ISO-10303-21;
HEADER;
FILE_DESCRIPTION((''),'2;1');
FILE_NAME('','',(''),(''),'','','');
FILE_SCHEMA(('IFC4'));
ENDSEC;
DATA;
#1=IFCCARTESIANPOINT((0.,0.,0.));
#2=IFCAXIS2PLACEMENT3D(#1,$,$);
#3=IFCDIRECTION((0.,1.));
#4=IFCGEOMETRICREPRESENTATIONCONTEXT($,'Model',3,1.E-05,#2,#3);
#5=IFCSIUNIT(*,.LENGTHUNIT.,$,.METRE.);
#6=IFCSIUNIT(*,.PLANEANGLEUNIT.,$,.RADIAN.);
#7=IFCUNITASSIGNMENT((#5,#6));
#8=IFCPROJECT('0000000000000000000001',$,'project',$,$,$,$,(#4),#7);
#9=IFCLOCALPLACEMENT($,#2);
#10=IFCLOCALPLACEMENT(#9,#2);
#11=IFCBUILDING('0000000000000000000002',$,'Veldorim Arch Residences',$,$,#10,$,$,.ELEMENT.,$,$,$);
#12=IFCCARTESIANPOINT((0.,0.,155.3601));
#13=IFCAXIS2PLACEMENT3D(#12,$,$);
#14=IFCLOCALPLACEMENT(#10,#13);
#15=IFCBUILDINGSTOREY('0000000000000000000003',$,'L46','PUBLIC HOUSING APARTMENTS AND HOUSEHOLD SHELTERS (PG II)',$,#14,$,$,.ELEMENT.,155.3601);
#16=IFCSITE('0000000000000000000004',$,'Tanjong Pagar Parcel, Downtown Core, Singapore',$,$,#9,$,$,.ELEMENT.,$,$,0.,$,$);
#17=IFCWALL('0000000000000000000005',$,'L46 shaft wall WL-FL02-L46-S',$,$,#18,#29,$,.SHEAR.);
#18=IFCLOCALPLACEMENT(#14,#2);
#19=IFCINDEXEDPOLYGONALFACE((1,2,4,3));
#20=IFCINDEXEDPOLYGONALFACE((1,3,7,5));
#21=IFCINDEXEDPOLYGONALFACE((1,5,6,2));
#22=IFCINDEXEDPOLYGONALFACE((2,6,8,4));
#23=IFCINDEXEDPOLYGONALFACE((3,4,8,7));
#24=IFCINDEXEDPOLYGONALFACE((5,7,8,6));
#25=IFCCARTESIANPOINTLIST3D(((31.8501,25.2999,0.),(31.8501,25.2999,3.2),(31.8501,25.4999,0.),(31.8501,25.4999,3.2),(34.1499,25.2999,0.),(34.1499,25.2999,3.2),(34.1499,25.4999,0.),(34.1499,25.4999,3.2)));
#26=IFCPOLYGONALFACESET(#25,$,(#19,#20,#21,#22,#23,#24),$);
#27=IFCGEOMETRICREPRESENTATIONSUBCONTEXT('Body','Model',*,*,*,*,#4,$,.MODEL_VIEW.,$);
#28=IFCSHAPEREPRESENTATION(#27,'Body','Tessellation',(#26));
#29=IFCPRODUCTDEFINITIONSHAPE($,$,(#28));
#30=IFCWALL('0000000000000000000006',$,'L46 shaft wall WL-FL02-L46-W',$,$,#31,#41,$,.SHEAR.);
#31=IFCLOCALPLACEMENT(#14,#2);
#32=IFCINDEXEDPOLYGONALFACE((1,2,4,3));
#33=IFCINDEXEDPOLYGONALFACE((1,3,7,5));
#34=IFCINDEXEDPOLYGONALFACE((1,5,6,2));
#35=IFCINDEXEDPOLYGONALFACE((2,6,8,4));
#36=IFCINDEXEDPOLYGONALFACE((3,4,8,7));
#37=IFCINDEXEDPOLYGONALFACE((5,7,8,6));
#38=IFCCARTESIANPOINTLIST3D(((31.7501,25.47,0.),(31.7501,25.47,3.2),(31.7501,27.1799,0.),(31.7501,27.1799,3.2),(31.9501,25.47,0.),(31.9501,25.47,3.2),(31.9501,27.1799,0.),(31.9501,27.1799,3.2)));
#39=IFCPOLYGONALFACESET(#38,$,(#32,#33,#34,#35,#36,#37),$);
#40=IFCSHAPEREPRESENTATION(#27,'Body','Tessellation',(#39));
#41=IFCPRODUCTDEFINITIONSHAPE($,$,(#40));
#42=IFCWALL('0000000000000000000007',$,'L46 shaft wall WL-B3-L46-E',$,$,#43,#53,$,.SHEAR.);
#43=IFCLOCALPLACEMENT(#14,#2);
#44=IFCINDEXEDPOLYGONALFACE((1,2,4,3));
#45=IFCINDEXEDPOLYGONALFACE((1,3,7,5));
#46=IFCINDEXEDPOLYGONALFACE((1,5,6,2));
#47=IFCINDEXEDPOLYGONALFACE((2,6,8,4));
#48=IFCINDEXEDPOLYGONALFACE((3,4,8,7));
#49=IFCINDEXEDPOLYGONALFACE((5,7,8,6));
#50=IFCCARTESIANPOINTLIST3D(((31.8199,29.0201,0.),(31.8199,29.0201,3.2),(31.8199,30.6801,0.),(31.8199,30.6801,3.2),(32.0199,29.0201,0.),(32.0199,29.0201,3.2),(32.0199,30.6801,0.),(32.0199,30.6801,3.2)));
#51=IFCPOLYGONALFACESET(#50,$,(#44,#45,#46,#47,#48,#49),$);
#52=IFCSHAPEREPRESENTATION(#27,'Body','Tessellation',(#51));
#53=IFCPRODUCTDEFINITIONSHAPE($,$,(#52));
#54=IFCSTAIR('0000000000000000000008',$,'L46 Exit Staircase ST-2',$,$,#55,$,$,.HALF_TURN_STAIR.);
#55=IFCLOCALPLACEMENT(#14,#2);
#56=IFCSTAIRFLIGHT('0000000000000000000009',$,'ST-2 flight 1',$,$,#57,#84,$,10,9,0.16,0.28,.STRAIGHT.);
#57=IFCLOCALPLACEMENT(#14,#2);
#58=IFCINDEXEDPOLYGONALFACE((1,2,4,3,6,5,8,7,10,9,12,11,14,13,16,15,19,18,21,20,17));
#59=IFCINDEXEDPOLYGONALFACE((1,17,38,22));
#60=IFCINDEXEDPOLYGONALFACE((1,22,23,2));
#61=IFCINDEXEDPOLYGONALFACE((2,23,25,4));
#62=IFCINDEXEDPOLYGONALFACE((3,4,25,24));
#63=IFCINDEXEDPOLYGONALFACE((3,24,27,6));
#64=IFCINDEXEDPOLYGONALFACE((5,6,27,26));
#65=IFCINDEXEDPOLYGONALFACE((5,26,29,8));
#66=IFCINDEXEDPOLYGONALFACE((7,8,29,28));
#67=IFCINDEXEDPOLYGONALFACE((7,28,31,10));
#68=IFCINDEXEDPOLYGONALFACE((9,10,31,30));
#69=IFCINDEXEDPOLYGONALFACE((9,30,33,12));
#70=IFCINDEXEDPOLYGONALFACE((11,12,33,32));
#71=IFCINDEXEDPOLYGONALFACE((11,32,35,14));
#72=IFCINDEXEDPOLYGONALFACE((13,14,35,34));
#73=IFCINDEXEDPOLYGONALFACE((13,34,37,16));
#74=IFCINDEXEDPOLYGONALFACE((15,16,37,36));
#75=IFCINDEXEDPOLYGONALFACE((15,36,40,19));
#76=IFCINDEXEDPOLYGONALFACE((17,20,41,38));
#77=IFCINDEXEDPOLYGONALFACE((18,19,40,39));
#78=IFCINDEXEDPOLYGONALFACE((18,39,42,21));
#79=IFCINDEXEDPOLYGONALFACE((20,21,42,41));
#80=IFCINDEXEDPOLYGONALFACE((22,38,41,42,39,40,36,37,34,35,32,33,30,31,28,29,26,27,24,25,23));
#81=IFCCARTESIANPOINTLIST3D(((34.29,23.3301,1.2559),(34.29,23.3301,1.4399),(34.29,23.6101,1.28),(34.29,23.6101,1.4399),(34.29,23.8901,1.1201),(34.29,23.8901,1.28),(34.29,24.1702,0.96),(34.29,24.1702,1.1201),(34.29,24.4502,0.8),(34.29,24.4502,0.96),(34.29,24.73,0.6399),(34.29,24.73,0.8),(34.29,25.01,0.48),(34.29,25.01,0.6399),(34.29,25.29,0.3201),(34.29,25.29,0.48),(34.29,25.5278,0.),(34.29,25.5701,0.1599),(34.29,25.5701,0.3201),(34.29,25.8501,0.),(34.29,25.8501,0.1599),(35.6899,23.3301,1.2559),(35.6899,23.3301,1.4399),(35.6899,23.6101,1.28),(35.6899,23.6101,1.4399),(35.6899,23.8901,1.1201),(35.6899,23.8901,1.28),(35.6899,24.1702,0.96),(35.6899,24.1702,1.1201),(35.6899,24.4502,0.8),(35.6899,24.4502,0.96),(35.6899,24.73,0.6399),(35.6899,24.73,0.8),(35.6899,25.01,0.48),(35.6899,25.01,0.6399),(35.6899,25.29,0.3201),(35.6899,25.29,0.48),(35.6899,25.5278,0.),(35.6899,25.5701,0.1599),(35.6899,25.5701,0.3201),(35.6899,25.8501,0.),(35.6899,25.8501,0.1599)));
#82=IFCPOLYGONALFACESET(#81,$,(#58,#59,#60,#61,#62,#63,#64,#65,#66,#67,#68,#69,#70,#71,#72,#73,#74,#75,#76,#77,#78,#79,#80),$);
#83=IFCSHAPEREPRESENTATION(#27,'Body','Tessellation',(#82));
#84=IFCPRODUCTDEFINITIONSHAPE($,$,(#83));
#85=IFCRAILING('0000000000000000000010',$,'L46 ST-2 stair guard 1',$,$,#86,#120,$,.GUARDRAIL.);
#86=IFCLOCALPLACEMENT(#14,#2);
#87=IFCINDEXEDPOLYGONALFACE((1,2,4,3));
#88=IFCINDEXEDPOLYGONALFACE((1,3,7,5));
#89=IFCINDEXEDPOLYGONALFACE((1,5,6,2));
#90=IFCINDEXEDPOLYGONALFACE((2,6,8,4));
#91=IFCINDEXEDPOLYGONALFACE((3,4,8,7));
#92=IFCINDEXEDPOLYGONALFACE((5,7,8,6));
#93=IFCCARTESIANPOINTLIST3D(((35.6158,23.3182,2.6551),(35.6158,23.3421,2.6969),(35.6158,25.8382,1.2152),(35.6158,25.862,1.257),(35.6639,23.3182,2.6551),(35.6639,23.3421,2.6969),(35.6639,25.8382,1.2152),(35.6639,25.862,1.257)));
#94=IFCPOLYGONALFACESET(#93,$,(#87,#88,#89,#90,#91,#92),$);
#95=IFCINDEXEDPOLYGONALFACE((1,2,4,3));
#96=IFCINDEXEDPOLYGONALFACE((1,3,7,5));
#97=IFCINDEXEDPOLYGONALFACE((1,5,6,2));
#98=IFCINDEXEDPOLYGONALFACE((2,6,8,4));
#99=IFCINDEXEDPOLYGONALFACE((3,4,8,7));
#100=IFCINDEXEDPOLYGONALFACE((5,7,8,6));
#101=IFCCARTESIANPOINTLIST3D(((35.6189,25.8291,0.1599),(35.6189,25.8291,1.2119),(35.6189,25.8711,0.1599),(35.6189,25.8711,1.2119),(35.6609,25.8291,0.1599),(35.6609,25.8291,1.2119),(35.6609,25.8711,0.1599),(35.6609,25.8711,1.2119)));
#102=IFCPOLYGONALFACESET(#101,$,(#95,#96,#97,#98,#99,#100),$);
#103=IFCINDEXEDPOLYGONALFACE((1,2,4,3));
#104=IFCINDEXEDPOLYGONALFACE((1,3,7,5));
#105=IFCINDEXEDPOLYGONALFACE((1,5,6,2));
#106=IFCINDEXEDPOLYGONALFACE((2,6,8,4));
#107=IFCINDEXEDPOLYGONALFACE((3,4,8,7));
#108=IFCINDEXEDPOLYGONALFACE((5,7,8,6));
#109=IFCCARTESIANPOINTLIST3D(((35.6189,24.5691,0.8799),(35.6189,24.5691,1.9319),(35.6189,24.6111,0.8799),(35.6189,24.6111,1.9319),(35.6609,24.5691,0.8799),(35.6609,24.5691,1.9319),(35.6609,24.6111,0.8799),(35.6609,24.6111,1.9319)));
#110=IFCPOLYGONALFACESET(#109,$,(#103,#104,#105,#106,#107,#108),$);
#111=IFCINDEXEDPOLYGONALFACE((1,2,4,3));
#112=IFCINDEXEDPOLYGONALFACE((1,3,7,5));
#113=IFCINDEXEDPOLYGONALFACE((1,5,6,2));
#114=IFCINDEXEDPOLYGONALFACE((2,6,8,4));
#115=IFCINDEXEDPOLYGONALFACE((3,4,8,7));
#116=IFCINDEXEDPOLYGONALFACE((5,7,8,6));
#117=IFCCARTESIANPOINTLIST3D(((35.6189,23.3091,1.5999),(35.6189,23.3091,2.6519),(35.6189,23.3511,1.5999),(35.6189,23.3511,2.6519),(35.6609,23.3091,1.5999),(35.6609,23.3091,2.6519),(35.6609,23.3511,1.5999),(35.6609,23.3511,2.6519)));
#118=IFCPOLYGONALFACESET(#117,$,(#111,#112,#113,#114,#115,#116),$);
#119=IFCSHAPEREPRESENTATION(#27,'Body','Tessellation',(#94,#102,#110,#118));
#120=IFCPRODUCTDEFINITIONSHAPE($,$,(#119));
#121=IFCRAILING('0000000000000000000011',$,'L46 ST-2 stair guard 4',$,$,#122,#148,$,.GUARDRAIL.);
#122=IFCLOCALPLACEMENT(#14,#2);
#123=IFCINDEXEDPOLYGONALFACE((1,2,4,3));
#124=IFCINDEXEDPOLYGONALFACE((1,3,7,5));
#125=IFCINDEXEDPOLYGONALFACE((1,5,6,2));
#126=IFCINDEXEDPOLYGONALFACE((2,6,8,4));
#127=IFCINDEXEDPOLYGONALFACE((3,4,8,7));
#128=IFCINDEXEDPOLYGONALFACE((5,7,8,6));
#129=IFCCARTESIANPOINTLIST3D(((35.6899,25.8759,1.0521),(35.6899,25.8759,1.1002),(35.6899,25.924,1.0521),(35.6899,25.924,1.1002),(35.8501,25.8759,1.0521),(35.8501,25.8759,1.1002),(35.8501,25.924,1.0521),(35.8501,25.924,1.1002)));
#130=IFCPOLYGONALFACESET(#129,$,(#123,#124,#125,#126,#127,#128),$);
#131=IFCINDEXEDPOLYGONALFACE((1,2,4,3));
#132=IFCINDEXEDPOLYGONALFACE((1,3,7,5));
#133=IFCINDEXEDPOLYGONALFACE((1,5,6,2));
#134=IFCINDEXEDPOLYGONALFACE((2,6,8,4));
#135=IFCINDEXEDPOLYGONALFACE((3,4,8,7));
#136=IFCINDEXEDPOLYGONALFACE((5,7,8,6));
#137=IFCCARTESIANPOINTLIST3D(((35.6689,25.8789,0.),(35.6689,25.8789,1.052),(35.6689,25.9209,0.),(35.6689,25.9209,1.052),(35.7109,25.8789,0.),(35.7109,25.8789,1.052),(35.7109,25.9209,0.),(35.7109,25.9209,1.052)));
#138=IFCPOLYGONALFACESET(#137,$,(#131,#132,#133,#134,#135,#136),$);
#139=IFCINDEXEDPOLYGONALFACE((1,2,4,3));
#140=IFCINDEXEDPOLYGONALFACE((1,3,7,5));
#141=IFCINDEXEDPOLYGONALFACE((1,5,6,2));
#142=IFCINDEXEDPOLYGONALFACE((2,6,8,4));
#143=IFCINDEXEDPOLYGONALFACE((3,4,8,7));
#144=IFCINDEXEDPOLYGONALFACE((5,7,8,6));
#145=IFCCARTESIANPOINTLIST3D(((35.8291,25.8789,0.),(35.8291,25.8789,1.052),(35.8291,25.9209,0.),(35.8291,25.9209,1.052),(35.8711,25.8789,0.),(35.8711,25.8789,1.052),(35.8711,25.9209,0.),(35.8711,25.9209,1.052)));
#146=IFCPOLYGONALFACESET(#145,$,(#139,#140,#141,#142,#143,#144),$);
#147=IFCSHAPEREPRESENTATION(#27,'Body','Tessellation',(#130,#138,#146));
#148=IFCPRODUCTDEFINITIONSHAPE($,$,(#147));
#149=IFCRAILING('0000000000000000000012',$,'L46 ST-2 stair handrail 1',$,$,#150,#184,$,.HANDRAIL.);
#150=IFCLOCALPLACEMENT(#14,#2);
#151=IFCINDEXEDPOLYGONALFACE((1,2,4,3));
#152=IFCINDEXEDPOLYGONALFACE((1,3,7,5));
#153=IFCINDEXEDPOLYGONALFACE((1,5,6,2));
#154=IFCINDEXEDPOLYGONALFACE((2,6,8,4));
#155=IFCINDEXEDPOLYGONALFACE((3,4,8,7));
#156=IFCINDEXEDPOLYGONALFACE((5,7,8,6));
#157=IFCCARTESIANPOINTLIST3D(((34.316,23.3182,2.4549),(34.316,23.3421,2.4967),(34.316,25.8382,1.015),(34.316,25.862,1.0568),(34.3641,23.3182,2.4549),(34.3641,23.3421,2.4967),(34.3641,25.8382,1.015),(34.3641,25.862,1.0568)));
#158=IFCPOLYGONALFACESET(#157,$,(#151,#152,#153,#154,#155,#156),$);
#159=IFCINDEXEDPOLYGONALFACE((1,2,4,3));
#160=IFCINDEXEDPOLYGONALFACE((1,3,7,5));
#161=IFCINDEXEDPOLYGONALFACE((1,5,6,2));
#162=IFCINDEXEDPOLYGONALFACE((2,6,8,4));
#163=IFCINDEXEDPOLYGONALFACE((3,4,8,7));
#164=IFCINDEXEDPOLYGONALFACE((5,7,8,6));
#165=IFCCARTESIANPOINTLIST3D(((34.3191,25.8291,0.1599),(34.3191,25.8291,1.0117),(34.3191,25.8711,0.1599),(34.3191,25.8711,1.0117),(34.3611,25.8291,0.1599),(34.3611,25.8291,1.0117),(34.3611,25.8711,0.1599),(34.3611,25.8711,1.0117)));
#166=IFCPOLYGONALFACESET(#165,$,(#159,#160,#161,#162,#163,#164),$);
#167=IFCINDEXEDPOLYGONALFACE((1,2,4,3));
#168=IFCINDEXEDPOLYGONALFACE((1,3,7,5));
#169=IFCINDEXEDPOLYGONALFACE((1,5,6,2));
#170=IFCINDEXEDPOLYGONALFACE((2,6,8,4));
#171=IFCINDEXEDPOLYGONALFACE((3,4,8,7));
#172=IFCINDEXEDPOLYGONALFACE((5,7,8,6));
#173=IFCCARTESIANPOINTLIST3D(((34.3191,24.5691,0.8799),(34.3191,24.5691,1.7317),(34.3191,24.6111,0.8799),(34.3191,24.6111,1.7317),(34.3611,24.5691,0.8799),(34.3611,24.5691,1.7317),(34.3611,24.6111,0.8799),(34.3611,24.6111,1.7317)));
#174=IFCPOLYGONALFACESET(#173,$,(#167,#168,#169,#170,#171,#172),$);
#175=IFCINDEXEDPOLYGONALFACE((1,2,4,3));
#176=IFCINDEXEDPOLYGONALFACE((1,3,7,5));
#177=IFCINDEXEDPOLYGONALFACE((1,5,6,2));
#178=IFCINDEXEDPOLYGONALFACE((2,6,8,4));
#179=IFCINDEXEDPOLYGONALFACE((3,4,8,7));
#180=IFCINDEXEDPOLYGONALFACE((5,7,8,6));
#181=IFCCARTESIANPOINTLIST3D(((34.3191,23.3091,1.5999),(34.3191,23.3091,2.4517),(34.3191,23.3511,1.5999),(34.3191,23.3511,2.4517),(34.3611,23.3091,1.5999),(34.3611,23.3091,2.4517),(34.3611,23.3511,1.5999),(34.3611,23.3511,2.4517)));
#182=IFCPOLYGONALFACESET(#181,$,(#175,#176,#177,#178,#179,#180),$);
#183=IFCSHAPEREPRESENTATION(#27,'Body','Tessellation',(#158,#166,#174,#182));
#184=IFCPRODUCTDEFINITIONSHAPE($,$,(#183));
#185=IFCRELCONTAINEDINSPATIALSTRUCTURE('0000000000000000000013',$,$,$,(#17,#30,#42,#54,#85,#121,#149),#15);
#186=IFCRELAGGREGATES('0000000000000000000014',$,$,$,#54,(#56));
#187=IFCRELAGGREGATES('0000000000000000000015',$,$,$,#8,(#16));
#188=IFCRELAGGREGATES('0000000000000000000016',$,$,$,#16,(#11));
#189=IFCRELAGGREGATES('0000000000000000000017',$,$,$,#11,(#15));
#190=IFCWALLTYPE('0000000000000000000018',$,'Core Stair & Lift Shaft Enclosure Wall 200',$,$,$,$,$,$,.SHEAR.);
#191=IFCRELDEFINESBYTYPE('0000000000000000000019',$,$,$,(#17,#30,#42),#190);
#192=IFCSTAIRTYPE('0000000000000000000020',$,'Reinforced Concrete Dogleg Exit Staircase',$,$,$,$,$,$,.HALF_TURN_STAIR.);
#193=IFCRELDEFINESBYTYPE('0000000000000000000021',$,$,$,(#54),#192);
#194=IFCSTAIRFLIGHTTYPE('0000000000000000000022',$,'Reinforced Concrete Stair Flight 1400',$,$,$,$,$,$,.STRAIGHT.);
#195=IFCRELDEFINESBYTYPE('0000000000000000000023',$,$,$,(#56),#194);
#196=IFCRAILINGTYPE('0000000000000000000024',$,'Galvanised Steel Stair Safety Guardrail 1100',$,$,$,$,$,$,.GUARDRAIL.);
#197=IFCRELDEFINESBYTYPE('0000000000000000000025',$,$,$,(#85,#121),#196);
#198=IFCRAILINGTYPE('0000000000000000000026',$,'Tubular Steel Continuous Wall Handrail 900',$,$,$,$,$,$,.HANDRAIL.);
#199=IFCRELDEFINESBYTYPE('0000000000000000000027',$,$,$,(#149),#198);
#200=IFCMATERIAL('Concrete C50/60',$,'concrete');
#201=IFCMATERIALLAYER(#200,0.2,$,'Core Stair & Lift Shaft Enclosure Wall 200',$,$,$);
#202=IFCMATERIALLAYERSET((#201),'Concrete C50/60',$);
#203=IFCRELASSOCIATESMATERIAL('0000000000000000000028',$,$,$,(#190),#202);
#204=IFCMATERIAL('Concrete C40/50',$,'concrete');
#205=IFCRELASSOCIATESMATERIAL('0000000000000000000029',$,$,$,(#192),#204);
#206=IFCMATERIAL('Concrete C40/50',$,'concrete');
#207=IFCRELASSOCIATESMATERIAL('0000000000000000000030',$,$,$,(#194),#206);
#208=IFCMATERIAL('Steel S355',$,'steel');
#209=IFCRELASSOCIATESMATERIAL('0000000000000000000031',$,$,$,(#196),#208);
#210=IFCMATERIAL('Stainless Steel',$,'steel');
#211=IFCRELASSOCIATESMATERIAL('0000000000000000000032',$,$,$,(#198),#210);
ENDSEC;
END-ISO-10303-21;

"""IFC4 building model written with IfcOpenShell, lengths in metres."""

from ifc_helpers import new_model, si_unit, direction, frame, frame_2d, origin, origin_2d, place, context, subcontext, project, spatial, polyline, rectangle, outline, extrude, material, layer, layer_set, type_object, element, aggregate, save


model = new_model("IFC4")

# Units and contexts
model_context = context("Model", 3, precision=1e-05, world=origin(), true_north=direction((0.0, 1.0)))
body_context = subcontext(model_context, "Body", "Model", "MODEL_VIEW")
ifc_project = project(units=[si_unit("LENGTHUNIT", "METRE"), si_unit("PLANEANGLEUNIT", "RADIAN")], contexts=[model_context])

# Site, building, storey
site_placement = place(None, origin())
site = spatial("IfcSite", under=ifc_project, at=site_placement, Name="Tanjong Pagar Parcel, Downtown Core, Singapore", CompositionType="ELEMENT", RefElevation=0.0)
building_placement = place(site_placement, origin())
building = spatial("IfcBuilding", under=site, at=building_placement, Name="Veldorim Arch Residences", CompositionType="ELEMENT")
storey_placement = place(building_placement, frame((0.0, 0.0, 155.3601)))
storey = spatial("IfcBuildingStorey", under=building, at=storey_placement, Name="L46", Description="PUBLIC HOUSING APARTMENTS AND HOUSEHOLD SHELTERS (PG II)", CompositionType="ELEMENT", Elevation=155.3601)

# Shared definitions
ifc_material_1 = material(Name="Concrete C50/60", Category="concrete")
ifc_layer = layer(ifc_material_1, 0.2, Name="Core Stair & Lift Shaft Enclosure Wall 200")
ifc_layer_set = layer_set([ifc_layer], Name="Concrete C50/60")
wall_type = type_object("IfcWallType", Name="Core Stair & Lift Shaft Enclosure Wall 200", PredefinedType="SHEAR", material=ifc_layer_set)

# Walls
wall_1_placement = place(storey_placement, frame((31.8501, 25.3999, 0.0), z_axis=(0.0, 0.0, 1.0), x_axis=(1.0, 0.0, 0.0)))
element("IfcWall", 1, at=wall_1_placement, inside=storey, type_object=wall_type, Name="L46 shaft wall WL-FL02-L46-S", PredefinedType="SHEAR", context=body_context, shape_type="SweptSolid", body=[
    extrude(rectangle(XDim=2.2998, YDim=0.2, at=frame_2d((1.1499, 0.0))), origin(), (0.0, 0.0, 1.0), 3.2),
])
wall_2_placement = place(storey_placement, frame((31.8501, 25.47, 0.0), z_axis=(0.0, 0.0, 1.0), x_axis=(0.0, 1.0, 0.0)))
element("IfcWall", 2, at=wall_2_placement, inside=storey, type_object=wall_type, Name="L46 shaft wall WL-FL02-L46-W", PredefinedType="SHEAR", context=body_context, shape_type="SweptSolid", body=[
    extrude(rectangle(XDim=1.71, YDim=0.2, at=frame_2d((0.855, 0.0))), origin(), (0.0, 0.0, 1.0), 3.2),
])
wall_3_placement = place(storey_placement, frame((31.9199, 29.02, 0.0), z_axis=(0.0, 0.0, 1.0), x_axis=(0.0, 1.0, 0.0)))
element("IfcWall", 3, at=wall_3_placement, inside=storey, type_object=wall_type, Name="L46 shaft wall WL-B3-L46-E", PredefinedType="SHEAR", context=body_context, shape_type="SweptSolid", body=[
    extrude(rectangle(XDim=1.6599, YDim=0.2, at=frame_2d((0.8301, 0.0))), origin(), (0.0, 0.0, 1.0), 3.2),
])

# Stair, stair flight
ifc_material_2 = material(Name="Concrete C40/50", Category="concrete")
stair_type = type_object("IfcStairType", Name="Reinforced Concrete Dogleg Exit Staircase", PredefinedType="HALF_TURN_STAIR", material=ifc_material_2)
stair_placement = place(storey_placement, origin())
stair = element("IfcStair", 4, at=stair_placement, inside=storey, type_object=stair_type, Name="L46 Exit Staircase ST-2", PredefinedType="HALF_TURN_STAIR")
ifc_material_3 = material(Name="Concrete C40/50", Category="concrete")
stair_flight_type = type_object("IfcStairFlightType", Name="Reinforced Concrete Stair Flight 1400", PredefinedType="STRAIGHT", material=ifc_material_3)
stair_flight_placement = place(storey_placement, frame((34.99, 25.8501, 0.0), z_axis=(0.0, 0.0, 1.0), x_axis=(0.0, -1.0, 0.0)))
stair_flight = element("IfcStairFlight", 5, at=stair_flight_placement, type_object=stair_flight_type, Name="ST-2 flight 1", NumberOfRisers=10, NumberOfTreads=9, PredefinedType="STRAIGHT", RiserHeight=0.16, TreadLength=0.28, context=body_context, shape_type="SweptSolid", body=[
    extrude(outline(polyline([(0.0, 0.0), (0.0, 0.1599), (0.28, 0.1599), (0.28, 0.3201), (0.5601, 0.3201), (0.5601, 0.48), (0.8401, 0.48), (0.8401, 0.6399), (1.1201, 0.6399), (1.1201, 0.8), (1.3999, 0.8), (1.3999, 0.96), (1.6799, 0.96), (1.6799, 1.1201), (1.96, 1.1201), (1.96, 1.28), (2.24, 1.28), (2.24, 1.4399), (2.52, 1.4399), (2.52, 1.6001), (2.52, 1.2559), (0.3223, 0.0), (0.0, 0.0)])), frame((0.0, 0.7, 0.0), z_axis=(0.0, -1.0, 0.0), x_axis=(1.0, 0.0, 0.0)), (0.0, 0.0, 1.0), 1.3999),
])
aggregate(stair, [stair_flight])

# Railings
ifc_material_4 = material(Name="Steel S355", Category="steel")
railing_type_1 = type_object("IfcRailingType", Name="Galvanised Steel Stair Safety Guardrail 1100", PredefinedType="GUARDRAIL", material=ifc_material_4)
railing_1_placement = place(storey_placement, frame((35.6399, 25.8501, 0.1599)))
element("IfcRailing", 6, at=railing_1_placement, inside=storey, type_object=railing_type_1, Name="L46 ST-2 stair guard 1", PredefinedType="GUARDRAIL", context=body_context, shape_type="SweptSolid", body=[
    extrude(rectangle(XDim=0.0481, YDim=0.0481, at=origin_2d()), frame((0.0, 0.0, 1.0762), z_axis=(0.0, -0.868253, 0.496121), x_axis=(1.0, 0.0, 0.0)), (0.0, 0.0, 1.0), 2.9023),
    extrude(rectangle(XDim=0.042, YDim=0.042, at=origin_2d()), origin(), (0.0, 0.0, 1.0), 1.052),
    extrude(rectangle(XDim=0.042, YDim=0.042, at=origin_2d()), frame((0.0, -1.26, 0.72)), (0.0, 0.0, 1.0), 1.052),
    extrude(rectangle(XDim=0.042, YDim=0.042, at=origin_2d()), frame((0.0, -2.52, 1.4399)), (0.0, 0.0, 1.0), 1.052),
])
railing_2_placement = place(storey_placement, frame((35.6899, 25.8999, 0.0)))
element("IfcRailing", 7, at=railing_2_placement, inside=storey, type_object=railing_type_1, Name="L46 ST-2 stair guard 4", PredefinedType="GUARDRAIL", context=body_context, shape_type="SweptSolid", body=[
    extrude(rectangle(XDim=0.0481, YDim=0.0481, at=origin_2d()), frame((0.0, 0.0, 1.0762), z_axis=(1.0, 0.0, 0.0), x_axis=(0.0, 1.0, 0.0)), (0.0, 0.0, 1.0), 0.1602),
    extrude(rectangle(XDim=0.042, YDim=0.042, at=origin_2d()), origin(), (0.0, 0.0, 1.0), 1.052),
    extrude(rectangle(XDim=0.042, YDim=0.042, at=origin_2d()), frame((0.1602, 0.0, 0.0)), (0.0, 0.0, 1.0), 1.052),
])
ifc_material_5 = material(Name="Stainless Steel", Category="steel")
railing_type_2 = type_object("IfcRailingType", Name="Tubular Steel Continuous Wall Handrail 900", PredefinedType="HANDRAIL", material=ifc_material_5)
railing_3_placement = place(storey_placement, frame((34.3401, 25.8501, 0.1599)))
element("IfcRailing", 8, at=railing_3_placement, inside=storey, type_object=railing_type_2, Name="L46 ST-2 stair handrail 1", PredefinedType="HANDRAIL", context=body_context, shape_type="SweptSolid", body=[
    extrude(rectangle(XDim=0.0481, YDim=0.0481, at=origin_2d()), frame((0.0, 0.0, 0.876), z_axis=(0.0, -0.868253, 0.496121), x_axis=(1.0, 0.0, 0.0)), (0.0, 0.0, 1.0), 2.9023),
    extrude(rectangle(XDim=0.042, YDim=0.042, at=origin_2d()), origin(), (0.0, 0.0, 1.0), 0.8518),
    extrude(rectangle(XDim=0.042, YDim=0.042, at=origin_2d()), frame((0.0, -1.26, 0.72)), (0.0, 0.0, 1.0), 0.8518),
    extrude(rectangle(XDim=0.042, YDim=0.042, at=origin_2d()), frame((0.0, -2.52, 1.4399)), (0.0, 0.0, 1.0), 0.8518),
])

save(model, "model.ifc")
